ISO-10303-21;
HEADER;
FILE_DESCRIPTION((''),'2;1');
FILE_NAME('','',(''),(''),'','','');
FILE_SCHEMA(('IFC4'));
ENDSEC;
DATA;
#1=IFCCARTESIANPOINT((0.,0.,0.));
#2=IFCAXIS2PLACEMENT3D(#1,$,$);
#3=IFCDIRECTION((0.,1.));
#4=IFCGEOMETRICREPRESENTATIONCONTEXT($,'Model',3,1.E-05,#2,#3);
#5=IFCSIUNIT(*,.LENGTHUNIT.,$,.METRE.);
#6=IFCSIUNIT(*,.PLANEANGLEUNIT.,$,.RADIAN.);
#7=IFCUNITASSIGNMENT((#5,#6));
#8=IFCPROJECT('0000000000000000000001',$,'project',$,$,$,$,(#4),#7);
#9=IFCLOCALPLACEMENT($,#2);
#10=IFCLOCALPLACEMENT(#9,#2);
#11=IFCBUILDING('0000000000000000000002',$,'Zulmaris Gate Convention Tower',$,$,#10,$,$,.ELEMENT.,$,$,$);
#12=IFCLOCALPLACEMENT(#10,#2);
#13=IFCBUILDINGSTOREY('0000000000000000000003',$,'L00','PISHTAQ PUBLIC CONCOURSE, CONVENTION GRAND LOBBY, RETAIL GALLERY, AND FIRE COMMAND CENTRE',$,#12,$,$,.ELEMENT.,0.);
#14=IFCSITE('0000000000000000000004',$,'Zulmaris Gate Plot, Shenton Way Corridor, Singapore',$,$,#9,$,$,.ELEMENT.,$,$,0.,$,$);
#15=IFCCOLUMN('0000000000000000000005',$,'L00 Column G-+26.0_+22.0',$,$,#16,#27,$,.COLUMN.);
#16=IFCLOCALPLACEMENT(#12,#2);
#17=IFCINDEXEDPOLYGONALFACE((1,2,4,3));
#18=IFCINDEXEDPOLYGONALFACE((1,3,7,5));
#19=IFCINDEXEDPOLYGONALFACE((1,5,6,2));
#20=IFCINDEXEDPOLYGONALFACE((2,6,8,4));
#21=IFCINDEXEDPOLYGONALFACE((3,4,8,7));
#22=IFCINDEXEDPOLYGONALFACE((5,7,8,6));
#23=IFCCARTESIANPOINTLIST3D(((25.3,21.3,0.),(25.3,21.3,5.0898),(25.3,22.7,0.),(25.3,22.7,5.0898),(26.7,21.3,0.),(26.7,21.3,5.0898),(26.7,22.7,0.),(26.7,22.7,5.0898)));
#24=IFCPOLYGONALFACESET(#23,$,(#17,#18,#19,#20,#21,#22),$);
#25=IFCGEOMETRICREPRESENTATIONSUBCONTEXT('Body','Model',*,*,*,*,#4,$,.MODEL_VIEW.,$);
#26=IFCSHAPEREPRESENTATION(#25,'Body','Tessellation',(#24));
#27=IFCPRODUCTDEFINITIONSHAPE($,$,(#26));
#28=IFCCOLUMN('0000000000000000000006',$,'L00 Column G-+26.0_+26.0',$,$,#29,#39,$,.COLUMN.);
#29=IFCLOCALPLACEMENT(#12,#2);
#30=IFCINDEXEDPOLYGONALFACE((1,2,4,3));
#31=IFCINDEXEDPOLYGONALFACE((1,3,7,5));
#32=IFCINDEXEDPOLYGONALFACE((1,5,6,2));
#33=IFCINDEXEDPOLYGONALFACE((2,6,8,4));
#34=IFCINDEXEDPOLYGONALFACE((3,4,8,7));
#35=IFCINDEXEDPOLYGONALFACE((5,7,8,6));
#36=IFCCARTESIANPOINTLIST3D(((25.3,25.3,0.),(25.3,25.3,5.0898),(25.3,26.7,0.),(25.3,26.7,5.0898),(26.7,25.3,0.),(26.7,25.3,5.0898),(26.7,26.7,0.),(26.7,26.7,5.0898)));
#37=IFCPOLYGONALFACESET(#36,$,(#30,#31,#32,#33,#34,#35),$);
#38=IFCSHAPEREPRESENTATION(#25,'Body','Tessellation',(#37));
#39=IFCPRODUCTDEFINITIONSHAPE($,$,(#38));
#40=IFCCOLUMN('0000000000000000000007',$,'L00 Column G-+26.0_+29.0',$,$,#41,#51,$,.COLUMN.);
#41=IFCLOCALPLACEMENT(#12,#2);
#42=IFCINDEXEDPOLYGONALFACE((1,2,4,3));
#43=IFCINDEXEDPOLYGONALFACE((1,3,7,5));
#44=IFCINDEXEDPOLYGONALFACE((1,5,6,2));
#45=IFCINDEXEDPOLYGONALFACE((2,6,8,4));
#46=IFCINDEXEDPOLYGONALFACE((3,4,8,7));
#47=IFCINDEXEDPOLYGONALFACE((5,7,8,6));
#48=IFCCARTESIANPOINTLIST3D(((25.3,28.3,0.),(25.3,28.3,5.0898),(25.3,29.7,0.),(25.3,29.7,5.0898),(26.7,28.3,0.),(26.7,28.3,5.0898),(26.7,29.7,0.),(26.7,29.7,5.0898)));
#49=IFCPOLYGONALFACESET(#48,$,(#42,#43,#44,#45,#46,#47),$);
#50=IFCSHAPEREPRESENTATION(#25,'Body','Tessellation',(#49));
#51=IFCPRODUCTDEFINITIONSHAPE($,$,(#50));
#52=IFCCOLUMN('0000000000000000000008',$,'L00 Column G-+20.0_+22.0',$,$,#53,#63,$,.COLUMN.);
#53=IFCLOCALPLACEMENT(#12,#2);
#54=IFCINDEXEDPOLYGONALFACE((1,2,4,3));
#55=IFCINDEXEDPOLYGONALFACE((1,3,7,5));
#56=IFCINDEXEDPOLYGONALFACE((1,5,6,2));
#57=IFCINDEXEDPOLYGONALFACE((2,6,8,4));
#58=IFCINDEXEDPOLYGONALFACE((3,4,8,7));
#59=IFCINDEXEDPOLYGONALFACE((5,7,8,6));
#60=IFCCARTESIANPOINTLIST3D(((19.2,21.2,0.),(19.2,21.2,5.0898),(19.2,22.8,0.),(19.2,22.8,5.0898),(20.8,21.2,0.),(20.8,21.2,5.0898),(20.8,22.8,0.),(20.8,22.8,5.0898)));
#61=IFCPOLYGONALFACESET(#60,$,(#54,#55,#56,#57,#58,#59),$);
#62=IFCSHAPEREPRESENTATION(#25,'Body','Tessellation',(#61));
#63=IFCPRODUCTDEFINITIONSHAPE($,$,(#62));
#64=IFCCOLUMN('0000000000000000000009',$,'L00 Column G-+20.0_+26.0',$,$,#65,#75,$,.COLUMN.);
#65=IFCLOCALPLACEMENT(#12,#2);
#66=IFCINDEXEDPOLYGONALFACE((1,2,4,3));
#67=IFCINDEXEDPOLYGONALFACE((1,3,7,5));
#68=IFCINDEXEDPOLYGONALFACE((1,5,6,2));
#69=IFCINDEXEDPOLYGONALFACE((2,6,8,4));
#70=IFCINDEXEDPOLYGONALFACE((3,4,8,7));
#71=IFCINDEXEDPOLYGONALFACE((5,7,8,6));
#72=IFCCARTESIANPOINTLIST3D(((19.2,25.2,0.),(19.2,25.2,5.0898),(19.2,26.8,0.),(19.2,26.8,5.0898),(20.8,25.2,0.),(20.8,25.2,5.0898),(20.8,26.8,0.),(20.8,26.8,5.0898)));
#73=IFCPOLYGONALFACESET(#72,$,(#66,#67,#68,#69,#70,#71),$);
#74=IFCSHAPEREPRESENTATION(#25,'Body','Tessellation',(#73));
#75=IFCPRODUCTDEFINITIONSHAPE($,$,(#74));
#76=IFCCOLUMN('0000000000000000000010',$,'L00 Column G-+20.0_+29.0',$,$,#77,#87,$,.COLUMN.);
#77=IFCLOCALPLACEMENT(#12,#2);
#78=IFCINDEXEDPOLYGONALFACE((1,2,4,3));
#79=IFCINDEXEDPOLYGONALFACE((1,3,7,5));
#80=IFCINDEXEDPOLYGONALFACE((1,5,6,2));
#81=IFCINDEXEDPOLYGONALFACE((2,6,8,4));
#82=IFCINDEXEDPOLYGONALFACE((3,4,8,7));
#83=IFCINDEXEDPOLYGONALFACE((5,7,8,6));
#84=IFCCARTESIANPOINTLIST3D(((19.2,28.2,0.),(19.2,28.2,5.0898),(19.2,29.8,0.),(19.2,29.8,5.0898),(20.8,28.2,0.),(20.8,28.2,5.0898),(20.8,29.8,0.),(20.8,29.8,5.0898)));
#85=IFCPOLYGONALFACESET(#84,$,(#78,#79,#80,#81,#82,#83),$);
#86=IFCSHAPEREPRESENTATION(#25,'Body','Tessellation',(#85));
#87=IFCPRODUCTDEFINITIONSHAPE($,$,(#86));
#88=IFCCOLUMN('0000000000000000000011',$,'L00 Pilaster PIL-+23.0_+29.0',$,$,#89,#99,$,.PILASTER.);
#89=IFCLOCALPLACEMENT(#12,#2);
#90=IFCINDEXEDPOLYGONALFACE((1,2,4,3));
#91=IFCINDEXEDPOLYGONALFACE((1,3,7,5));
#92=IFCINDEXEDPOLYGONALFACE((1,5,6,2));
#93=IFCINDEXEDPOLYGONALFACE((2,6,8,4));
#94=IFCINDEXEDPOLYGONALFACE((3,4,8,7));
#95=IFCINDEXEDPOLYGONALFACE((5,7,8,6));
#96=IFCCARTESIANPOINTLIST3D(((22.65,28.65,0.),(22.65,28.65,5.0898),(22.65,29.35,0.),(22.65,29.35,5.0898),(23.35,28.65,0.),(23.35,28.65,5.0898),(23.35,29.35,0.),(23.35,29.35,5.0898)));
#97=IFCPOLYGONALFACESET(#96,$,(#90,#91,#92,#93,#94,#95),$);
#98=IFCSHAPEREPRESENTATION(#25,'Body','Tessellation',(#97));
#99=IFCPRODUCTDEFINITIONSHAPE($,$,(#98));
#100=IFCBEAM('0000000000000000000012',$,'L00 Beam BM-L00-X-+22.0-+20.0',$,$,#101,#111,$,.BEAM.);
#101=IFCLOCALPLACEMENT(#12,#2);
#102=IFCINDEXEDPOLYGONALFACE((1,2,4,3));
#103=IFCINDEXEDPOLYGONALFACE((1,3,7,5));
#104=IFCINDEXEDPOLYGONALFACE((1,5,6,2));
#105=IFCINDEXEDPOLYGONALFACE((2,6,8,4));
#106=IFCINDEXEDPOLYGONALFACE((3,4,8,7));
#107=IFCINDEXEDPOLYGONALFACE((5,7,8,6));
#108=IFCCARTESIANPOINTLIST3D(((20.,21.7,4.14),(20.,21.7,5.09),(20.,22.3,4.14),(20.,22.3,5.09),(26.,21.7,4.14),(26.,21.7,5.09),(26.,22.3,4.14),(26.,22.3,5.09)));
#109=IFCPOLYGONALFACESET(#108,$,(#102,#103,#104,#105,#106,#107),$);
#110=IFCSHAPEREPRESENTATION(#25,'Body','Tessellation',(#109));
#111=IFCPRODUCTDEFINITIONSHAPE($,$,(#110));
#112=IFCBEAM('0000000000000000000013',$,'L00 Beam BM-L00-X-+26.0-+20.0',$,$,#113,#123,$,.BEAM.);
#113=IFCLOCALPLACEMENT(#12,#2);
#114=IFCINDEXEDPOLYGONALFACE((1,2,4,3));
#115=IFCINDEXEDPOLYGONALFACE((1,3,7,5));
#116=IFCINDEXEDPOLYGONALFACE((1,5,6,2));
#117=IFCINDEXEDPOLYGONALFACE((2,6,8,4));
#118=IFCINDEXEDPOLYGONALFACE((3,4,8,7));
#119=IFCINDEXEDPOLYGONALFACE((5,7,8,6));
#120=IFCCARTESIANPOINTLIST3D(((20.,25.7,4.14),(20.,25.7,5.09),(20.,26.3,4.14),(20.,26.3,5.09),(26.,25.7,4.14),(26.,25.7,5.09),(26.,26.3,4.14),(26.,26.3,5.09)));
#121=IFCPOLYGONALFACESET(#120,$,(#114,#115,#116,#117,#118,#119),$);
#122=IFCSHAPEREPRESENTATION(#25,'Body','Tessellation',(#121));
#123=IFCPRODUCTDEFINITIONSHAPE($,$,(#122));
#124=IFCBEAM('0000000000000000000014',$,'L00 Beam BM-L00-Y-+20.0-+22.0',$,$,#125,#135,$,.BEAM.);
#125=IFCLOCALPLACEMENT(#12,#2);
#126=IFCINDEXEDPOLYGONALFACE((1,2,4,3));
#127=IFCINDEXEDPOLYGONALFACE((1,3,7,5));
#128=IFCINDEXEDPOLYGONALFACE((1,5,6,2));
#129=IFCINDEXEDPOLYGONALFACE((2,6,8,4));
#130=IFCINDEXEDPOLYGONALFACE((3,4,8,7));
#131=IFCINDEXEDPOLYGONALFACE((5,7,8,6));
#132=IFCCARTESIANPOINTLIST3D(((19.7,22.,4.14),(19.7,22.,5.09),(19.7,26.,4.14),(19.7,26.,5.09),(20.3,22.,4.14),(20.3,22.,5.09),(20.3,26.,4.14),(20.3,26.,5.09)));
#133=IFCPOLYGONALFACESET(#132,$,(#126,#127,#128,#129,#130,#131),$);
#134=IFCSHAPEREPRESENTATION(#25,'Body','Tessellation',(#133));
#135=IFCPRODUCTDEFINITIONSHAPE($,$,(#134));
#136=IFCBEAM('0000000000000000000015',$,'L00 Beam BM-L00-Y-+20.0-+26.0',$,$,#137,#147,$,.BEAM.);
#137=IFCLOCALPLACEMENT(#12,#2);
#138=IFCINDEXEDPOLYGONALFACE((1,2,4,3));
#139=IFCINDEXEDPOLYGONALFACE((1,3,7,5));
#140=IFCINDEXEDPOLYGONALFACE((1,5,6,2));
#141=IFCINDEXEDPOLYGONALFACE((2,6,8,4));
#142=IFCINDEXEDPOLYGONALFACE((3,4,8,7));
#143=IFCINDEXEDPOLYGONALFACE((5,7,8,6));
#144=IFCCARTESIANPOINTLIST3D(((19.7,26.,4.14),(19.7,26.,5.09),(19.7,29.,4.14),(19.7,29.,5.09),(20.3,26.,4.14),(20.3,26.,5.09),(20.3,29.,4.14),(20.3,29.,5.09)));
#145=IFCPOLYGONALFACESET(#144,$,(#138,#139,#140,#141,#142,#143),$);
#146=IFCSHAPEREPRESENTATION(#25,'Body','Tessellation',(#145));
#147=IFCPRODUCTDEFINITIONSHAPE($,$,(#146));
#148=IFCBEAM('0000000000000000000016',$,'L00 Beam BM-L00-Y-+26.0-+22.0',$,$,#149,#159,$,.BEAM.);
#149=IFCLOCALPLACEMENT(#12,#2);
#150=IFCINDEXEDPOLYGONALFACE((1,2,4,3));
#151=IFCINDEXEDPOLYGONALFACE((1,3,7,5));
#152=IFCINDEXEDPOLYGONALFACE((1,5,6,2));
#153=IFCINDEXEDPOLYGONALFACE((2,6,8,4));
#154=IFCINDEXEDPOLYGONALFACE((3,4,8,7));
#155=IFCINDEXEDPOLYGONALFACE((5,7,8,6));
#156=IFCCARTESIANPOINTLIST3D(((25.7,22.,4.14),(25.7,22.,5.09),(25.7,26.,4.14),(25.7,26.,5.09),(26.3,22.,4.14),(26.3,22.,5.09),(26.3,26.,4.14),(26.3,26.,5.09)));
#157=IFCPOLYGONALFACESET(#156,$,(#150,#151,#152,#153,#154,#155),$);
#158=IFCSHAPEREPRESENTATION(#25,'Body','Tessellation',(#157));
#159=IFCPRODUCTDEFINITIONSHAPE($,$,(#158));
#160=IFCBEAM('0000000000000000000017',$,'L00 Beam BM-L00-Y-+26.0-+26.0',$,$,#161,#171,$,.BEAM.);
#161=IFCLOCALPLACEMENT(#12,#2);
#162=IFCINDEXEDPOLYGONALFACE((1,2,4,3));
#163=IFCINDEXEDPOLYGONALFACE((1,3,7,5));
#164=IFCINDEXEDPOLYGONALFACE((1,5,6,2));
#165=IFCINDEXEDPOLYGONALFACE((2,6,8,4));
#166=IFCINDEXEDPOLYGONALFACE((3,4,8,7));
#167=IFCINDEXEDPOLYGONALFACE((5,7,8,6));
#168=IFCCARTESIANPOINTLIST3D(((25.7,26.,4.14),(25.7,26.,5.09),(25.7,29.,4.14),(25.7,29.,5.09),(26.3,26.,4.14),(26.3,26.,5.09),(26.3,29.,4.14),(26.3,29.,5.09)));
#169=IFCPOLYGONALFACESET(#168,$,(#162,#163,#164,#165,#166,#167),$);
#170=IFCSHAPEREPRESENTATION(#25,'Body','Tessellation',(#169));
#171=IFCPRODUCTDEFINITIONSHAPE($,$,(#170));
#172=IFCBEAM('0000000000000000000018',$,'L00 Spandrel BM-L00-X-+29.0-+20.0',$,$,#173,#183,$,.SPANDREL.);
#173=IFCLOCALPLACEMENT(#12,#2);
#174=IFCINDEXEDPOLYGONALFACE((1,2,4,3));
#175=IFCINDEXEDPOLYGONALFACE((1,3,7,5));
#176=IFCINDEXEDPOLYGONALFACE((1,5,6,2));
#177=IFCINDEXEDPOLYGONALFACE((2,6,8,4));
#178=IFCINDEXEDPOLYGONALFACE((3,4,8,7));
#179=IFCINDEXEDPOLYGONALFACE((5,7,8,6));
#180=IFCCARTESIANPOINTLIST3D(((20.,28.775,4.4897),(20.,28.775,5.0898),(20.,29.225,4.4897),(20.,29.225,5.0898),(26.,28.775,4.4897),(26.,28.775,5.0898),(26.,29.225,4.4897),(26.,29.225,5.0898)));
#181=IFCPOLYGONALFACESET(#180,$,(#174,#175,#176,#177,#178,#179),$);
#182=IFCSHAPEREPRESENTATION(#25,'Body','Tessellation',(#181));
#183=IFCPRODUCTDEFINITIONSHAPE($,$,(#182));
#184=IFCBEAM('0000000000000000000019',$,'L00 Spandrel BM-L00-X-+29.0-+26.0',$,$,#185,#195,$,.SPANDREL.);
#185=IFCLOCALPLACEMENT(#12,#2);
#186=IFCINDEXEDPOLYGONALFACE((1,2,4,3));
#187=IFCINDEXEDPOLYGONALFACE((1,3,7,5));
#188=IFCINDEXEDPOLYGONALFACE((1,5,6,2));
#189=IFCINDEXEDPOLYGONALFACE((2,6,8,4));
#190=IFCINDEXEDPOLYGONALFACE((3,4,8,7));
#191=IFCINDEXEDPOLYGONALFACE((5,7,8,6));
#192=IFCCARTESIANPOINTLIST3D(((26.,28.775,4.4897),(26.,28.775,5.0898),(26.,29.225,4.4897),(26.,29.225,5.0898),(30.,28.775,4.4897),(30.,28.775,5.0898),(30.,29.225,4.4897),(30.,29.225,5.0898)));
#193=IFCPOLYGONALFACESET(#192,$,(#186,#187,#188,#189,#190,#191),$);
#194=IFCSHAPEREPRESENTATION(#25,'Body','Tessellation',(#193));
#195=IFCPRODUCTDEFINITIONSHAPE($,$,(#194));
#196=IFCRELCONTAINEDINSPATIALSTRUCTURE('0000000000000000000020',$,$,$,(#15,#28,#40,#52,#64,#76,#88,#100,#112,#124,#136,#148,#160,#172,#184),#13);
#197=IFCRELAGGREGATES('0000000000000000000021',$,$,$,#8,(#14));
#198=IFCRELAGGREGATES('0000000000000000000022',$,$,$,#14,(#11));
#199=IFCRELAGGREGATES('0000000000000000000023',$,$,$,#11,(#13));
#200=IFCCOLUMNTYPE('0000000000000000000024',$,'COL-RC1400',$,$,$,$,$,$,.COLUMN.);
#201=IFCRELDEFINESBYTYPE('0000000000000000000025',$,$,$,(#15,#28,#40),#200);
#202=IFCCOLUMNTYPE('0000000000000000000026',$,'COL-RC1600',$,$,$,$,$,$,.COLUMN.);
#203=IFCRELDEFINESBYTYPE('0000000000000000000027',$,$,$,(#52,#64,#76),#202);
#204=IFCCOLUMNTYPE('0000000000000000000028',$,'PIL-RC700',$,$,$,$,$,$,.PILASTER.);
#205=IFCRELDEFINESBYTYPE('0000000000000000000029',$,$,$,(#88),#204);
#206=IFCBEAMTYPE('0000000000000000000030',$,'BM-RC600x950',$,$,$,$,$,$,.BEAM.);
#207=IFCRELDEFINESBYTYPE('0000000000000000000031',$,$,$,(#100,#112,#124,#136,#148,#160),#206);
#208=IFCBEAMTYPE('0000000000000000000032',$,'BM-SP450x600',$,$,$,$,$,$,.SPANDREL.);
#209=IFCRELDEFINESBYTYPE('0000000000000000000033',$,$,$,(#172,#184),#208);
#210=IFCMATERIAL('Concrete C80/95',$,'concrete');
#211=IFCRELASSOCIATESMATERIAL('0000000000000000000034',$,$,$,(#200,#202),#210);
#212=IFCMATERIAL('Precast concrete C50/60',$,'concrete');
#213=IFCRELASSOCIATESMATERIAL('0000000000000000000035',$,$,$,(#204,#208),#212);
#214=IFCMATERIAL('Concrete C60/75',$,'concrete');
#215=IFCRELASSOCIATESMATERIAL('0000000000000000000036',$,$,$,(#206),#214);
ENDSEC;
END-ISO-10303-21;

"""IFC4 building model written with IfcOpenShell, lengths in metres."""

from ifc_helpers import new_model, si_unit, direction, frame, origin, origin_2d, place, context, subcontext, project, spatial, rectangle, extrude, material, material_profile, profile_set, type_object, element, save


model = new_model("IFC4")

# Units and contexts
model_context = context("Model", 3, precision=1e-05, world=origin(), true_north=direction((0.0, 1.0)))
body_context = subcontext(model_context, "Body", "Model", "MODEL_VIEW")
ifc_project = project(units=[si_unit("LENGTHUNIT", "METRE"), si_unit("PLANEANGLEUNIT", "RADIAN")], contexts=[model_context])

# Site, building, storey
site_placement = place(None, origin())
site = spatial("IfcSite", under=ifc_project, at=site_placement, Name="Zulmaris Gate Plot, Shenton Way Corridor, Singapore", CompositionType="ELEMENT", RefElevation=0.0)
building_placement = place(site_placement, origin())
building = spatial("IfcBuilding", under=site, at=building_placement, Name="Zulmaris Gate Convention Tower", CompositionType="ELEMENT")
storey_placement = place(building_placement, origin())
storey = spatial("IfcBuildingStorey", under=building, at=storey_placement, Name="L00", Description="PISHTAQ PUBLIC CONCOURSE, CONVENTION GRAND LOBBY, RETAIL GALLERY, AND FIRE COMMAND CENTRE", CompositionType="ELEMENT", Elevation=0.0)

# Columns
ifc_material_1 = material(Name="Concrete C80/95", Category="concrete")
ifc_material_profile_1 = material_profile(ifc_material_1, rectangle(XDim=1.3999, YDim=1.3999, at=origin_2d()), Name="RC COL 1400x1400")
ifc_profile_set_1 = profile_set([ifc_material_profile_1], Name="Concrete C80/95")
column_type_1 = type_object("IfcColumnType", Name="COL-RC1400", PredefinedType="COLUMN", material=ifc_profile_set_1)
for number, where, z_axis, x_axis, name in (
    (1, (26.0, 22.0, 0.0), (0.0, 0.0, 1.0), (1.0, 0.0, 0.0), "L00 Column G-+26.0_+22.0"),
    (2, (26.0, 26.0, 0.0), (0.0, 0.0, 1.0), (1.0, 0.0, 0.0), "L00 Column G-+26.0_+26.0"),
    (3, (26.0, 29.0, 0.0), (0.0, 0.0, 1.0), (1.0, 0.0, 0.0), "L00 Column G-+26.0_+29.0"),
):
    element("IfcColumn", number, at=place(storey_placement, frame(where, z_axis=z_axis, x_axis=x_axis)), inside=storey, type_object=column_type_1, Name=name, PredefinedType="COLUMN", context=body_context, shape_type="SweptSolid", body=[
        extrude(rectangle(XDim=1.3999, YDim=1.3999, at=origin_2d()), origin(), (0.0, 0.0, 1.0), 5.0898),
    ])
ifc_material_profile_2 = material_profile(ifc_material_1, rectangle(XDim=1.6001, YDim=1.6001, at=origin_2d()), Name="RC COL 1600x1600")
ifc_profile_set_2 = profile_set([ifc_material_profile_2], Name="Concrete C80/95")
column_type_2 = type_object("IfcColumnType", Name="COL-RC1600", PredefinedType="COLUMN", material=ifc_profile_set_2)
for number, where, z_axis, x_axis, name in (
    (4, (20.0, 22.0, 0.0), (0.0, 0.0, 1.0), (1.0, 0.0, 0.0), "L00 Column G-+20.0_+22.0"),
    (5, (20.0, 26.0, 0.0), (0.0, 0.0, 1.0), (1.0, 0.0, 0.0), "L00 Column G-+20.0_+26.0"),
    (6, (20.0, 29.0, 0.0), (0.0, 0.0, 1.0), (1.0, 0.0, 0.0), "L00 Column G-+20.0_+29.0"),
):
    element("IfcColumn", number, at=place(storey_placement, frame(where, z_axis=z_axis, x_axis=x_axis)), inside=storey, type_object=column_type_2, Name=name, PredefinedType="COLUMN", context=body_context, shape_type="SweptSolid", body=[
        extrude(rectangle(XDim=1.6001, YDim=1.6001, at=origin_2d()), origin(), (0.0, 0.0, 1.0), 5.0898),
    ])
ifc_material_2 = material(Name="Precast concrete C50/60", Category="concrete")
ifc_material_profile_3 = material_profile(ifc_material_2, rectangle(XDim=0.7, YDim=0.7, at=origin_2d()), Name="RC COL 700x700")
ifc_profile_set_3 = profile_set([ifc_material_profile_3], Name="Precast concrete C50/60")
column_type_3 = type_object("IfcColumnType", Name="PIL-RC700", PredefinedType="PILASTER", material=ifc_profile_set_3)
column_placement = place(storey_placement, frame((23.0, 29.0, 0.0), z_axis=(0.0, 0.0, 1.0), x_axis=(1.0, 0.0, 0.0)))
element("IfcColumn", 7, at=column_placement, inside=storey, type_object=column_type_3, Name="L00 Pilaster PIL-+23.0_+29.0", PredefinedType="PILASTER", context=body_context, shape_type="SweptSolid", body=[
    extrude(rectangle(XDim=0.7, YDim=0.7, at=origin_2d()), origin(), (0.0, 0.0, 1.0), 5.0898),
])

# Beams
ifc_material_3 = material(Name="Concrete C60/75", Category="concrete")
ifc_material_profile_4 = material_profile(ifc_material_3, rectangle(XDim=0.6001, YDim=0.95, at=origin_2d()), Name="RC BEAM 600x950")
ifc_profile_set_4 = profile_set([ifc_material_profile_4], Name="Concrete C60/75")
beam_type_1 = type_object("IfcBeamType", Name="BM-RC600x950", PredefinedType="BEAM", material=ifc_profile_set_4)
for number, where, z_axis, x_axis, name in (
    (8, (20.0, 22.0, 4.615), (1.0, 0.0, 0.0), (0.0, 1.0, 0.0), "L00 Beam BM-L00-X-+22.0-+20.0"),
    (9, (20.0, 26.0, 4.615), (1.0, 0.0, 0.0), (0.0, 1.0, 0.0), "L00 Beam BM-L00-X-+26.0-+20.0"),
):
    element("IfcBeam", number, at=place(storey_placement, frame(where, z_axis=z_axis, x_axis=x_axis)), inside=storey, type_object=beam_type_1, Name=name, PredefinedType="BEAM", context=body_context, shape_type="SweptSolid", body=[
        extrude(rectangle(XDim=0.6001, YDim=0.95, at=origin_2d()), origin(), (0.0, 0.0, 1.0), 6.0),
    ])
beam_1_placement = place(storey_placement, frame((20.0, 22.0, 4.615), z_axis=(0.0, 1.0, 0.0), x_axis=(-1.0, 0.0, 0.0)))
element("IfcBeam", 10, at=beam_1_placement, inside=storey, type_object=beam_type_1, Name="L00 Beam BM-L00-Y-+20.0-+22.0", PredefinedType="BEAM", context=body_context, shape_type="SweptSolid", body=[
    extrude(rectangle(XDim=0.6001, YDim=0.95, at=origin_2d()), origin(), (0.0, 0.0, 1.0), 4.0),
])
beam_2_placement = place(storey_placement, frame((20.0, 26.0, 4.615), z_axis=(0.0, 1.0, 0.0), x_axis=(-1.0, 0.0, 0.0)))
element("IfcBeam", 11, at=beam_2_placement, inside=storey, type_object=beam_type_1, Name="L00 Beam BM-L00-Y-+20.0-+26.0", PredefinedType="BEAM", context=body_context, shape_type="SweptSolid", body=[
    extrude(rectangle(XDim=0.6001, YDim=0.95, at=origin_2d()), origin(), (0.0, 0.0, 1.0), 3.0),
])
beam_3_placement = place(storey_placement, frame((26.0, 22.0, 4.615), z_axis=(0.0, 1.0, 0.0), x_axis=(-1.0, 0.0, 0.0)))
element("IfcBeam", 12, at=beam_3_placement, inside=storey, type_object=beam_type_1, Name="L00 Beam BM-L00-Y-+26.0-+22.0", PredefinedType="BEAM", context=body_context, shape_type="SweptSolid", body=[
    extrude(rectangle(XDim=0.6001, YDim=0.95, at=origin_2d()), origin(), (0.0, 0.0, 1.0), 4.0),
])
beam_4_placement = place(storey_placement, frame((26.0, 26.0, 4.615), z_axis=(0.0, 1.0, 0.0), x_axis=(-1.0, 0.0, 0.0)))
element("IfcBeam", 13, at=beam_4_placement, inside=storey, type_object=beam_type_1, Name="L00 Beam BM-L00-Y-+26.0-+26.0", PredefinedType="BEAM", context=body_context, shape_type="SweptSolid", body=[
    extrude(rectangle(XDim=0.6001, YDim=0.95, at=origin_2d()), origin(), (0.0, 0.0, 1.0), 3.0),
])
ifc_material_profile_5 = material_profile(ifc_material_2, rectangle(XDim=0.45, YDim=0.6001, at=origin_2d()), Name="RC SPANDREL 450x600")
ifc_profile_set_5 = profile_set([ifc_material_profile_5], Name="Precast concrete C50/60")
beam_type_2 = type_object("IfcBeamType", Name="BM-SP450x600", PredefinedType="SPANDREL", material=ifc_profile_set_5)
beam_5_placement = place(storey_placement, frame((20.0, 29.0, 4.7898), z_axis=(1.0, 0.0, 0.0), x_axis=(0.0, 1.0, 0.0)))
element("IfcBeam", 14, at=beam_5_placement, inside=storey, type_object=beam_type_2, Name="L00 Spandrel BM-L00-X-+29.0-+20.0", PredefinedType="SPANDREL", context=body_context, shape_type="SweptSolid", body=[
    extrude(rectangle(XDim=0.45, YDim=0.6001, at=origin_2d()), origin(), (0.0, 0.0, 1.0), 6.0),
])
beam_6_placement = place(storey_placement, frame((26.0, 29.0, 4.7898), z_axis=(1.0, 0.0, 0.0), x_axis=(0.0, 1.0, 0.0)))
element("IfcBeam", 15, at=beam_6_placement, inside=storey, type_object=beam_type_2, Name="L00 Spandrel BM-L00-X-+29.0-+26.0", PredefinedType="SPANDREL", context=body_context, shape_type="SweptSolid", body=[
    extrude(rectangle(XDim=0.45, YDim=0.6001, at=origin_2d()), origin(), (0.0, 0.0, 1.0), 4.0),
])

save(model, "model.ifc")
